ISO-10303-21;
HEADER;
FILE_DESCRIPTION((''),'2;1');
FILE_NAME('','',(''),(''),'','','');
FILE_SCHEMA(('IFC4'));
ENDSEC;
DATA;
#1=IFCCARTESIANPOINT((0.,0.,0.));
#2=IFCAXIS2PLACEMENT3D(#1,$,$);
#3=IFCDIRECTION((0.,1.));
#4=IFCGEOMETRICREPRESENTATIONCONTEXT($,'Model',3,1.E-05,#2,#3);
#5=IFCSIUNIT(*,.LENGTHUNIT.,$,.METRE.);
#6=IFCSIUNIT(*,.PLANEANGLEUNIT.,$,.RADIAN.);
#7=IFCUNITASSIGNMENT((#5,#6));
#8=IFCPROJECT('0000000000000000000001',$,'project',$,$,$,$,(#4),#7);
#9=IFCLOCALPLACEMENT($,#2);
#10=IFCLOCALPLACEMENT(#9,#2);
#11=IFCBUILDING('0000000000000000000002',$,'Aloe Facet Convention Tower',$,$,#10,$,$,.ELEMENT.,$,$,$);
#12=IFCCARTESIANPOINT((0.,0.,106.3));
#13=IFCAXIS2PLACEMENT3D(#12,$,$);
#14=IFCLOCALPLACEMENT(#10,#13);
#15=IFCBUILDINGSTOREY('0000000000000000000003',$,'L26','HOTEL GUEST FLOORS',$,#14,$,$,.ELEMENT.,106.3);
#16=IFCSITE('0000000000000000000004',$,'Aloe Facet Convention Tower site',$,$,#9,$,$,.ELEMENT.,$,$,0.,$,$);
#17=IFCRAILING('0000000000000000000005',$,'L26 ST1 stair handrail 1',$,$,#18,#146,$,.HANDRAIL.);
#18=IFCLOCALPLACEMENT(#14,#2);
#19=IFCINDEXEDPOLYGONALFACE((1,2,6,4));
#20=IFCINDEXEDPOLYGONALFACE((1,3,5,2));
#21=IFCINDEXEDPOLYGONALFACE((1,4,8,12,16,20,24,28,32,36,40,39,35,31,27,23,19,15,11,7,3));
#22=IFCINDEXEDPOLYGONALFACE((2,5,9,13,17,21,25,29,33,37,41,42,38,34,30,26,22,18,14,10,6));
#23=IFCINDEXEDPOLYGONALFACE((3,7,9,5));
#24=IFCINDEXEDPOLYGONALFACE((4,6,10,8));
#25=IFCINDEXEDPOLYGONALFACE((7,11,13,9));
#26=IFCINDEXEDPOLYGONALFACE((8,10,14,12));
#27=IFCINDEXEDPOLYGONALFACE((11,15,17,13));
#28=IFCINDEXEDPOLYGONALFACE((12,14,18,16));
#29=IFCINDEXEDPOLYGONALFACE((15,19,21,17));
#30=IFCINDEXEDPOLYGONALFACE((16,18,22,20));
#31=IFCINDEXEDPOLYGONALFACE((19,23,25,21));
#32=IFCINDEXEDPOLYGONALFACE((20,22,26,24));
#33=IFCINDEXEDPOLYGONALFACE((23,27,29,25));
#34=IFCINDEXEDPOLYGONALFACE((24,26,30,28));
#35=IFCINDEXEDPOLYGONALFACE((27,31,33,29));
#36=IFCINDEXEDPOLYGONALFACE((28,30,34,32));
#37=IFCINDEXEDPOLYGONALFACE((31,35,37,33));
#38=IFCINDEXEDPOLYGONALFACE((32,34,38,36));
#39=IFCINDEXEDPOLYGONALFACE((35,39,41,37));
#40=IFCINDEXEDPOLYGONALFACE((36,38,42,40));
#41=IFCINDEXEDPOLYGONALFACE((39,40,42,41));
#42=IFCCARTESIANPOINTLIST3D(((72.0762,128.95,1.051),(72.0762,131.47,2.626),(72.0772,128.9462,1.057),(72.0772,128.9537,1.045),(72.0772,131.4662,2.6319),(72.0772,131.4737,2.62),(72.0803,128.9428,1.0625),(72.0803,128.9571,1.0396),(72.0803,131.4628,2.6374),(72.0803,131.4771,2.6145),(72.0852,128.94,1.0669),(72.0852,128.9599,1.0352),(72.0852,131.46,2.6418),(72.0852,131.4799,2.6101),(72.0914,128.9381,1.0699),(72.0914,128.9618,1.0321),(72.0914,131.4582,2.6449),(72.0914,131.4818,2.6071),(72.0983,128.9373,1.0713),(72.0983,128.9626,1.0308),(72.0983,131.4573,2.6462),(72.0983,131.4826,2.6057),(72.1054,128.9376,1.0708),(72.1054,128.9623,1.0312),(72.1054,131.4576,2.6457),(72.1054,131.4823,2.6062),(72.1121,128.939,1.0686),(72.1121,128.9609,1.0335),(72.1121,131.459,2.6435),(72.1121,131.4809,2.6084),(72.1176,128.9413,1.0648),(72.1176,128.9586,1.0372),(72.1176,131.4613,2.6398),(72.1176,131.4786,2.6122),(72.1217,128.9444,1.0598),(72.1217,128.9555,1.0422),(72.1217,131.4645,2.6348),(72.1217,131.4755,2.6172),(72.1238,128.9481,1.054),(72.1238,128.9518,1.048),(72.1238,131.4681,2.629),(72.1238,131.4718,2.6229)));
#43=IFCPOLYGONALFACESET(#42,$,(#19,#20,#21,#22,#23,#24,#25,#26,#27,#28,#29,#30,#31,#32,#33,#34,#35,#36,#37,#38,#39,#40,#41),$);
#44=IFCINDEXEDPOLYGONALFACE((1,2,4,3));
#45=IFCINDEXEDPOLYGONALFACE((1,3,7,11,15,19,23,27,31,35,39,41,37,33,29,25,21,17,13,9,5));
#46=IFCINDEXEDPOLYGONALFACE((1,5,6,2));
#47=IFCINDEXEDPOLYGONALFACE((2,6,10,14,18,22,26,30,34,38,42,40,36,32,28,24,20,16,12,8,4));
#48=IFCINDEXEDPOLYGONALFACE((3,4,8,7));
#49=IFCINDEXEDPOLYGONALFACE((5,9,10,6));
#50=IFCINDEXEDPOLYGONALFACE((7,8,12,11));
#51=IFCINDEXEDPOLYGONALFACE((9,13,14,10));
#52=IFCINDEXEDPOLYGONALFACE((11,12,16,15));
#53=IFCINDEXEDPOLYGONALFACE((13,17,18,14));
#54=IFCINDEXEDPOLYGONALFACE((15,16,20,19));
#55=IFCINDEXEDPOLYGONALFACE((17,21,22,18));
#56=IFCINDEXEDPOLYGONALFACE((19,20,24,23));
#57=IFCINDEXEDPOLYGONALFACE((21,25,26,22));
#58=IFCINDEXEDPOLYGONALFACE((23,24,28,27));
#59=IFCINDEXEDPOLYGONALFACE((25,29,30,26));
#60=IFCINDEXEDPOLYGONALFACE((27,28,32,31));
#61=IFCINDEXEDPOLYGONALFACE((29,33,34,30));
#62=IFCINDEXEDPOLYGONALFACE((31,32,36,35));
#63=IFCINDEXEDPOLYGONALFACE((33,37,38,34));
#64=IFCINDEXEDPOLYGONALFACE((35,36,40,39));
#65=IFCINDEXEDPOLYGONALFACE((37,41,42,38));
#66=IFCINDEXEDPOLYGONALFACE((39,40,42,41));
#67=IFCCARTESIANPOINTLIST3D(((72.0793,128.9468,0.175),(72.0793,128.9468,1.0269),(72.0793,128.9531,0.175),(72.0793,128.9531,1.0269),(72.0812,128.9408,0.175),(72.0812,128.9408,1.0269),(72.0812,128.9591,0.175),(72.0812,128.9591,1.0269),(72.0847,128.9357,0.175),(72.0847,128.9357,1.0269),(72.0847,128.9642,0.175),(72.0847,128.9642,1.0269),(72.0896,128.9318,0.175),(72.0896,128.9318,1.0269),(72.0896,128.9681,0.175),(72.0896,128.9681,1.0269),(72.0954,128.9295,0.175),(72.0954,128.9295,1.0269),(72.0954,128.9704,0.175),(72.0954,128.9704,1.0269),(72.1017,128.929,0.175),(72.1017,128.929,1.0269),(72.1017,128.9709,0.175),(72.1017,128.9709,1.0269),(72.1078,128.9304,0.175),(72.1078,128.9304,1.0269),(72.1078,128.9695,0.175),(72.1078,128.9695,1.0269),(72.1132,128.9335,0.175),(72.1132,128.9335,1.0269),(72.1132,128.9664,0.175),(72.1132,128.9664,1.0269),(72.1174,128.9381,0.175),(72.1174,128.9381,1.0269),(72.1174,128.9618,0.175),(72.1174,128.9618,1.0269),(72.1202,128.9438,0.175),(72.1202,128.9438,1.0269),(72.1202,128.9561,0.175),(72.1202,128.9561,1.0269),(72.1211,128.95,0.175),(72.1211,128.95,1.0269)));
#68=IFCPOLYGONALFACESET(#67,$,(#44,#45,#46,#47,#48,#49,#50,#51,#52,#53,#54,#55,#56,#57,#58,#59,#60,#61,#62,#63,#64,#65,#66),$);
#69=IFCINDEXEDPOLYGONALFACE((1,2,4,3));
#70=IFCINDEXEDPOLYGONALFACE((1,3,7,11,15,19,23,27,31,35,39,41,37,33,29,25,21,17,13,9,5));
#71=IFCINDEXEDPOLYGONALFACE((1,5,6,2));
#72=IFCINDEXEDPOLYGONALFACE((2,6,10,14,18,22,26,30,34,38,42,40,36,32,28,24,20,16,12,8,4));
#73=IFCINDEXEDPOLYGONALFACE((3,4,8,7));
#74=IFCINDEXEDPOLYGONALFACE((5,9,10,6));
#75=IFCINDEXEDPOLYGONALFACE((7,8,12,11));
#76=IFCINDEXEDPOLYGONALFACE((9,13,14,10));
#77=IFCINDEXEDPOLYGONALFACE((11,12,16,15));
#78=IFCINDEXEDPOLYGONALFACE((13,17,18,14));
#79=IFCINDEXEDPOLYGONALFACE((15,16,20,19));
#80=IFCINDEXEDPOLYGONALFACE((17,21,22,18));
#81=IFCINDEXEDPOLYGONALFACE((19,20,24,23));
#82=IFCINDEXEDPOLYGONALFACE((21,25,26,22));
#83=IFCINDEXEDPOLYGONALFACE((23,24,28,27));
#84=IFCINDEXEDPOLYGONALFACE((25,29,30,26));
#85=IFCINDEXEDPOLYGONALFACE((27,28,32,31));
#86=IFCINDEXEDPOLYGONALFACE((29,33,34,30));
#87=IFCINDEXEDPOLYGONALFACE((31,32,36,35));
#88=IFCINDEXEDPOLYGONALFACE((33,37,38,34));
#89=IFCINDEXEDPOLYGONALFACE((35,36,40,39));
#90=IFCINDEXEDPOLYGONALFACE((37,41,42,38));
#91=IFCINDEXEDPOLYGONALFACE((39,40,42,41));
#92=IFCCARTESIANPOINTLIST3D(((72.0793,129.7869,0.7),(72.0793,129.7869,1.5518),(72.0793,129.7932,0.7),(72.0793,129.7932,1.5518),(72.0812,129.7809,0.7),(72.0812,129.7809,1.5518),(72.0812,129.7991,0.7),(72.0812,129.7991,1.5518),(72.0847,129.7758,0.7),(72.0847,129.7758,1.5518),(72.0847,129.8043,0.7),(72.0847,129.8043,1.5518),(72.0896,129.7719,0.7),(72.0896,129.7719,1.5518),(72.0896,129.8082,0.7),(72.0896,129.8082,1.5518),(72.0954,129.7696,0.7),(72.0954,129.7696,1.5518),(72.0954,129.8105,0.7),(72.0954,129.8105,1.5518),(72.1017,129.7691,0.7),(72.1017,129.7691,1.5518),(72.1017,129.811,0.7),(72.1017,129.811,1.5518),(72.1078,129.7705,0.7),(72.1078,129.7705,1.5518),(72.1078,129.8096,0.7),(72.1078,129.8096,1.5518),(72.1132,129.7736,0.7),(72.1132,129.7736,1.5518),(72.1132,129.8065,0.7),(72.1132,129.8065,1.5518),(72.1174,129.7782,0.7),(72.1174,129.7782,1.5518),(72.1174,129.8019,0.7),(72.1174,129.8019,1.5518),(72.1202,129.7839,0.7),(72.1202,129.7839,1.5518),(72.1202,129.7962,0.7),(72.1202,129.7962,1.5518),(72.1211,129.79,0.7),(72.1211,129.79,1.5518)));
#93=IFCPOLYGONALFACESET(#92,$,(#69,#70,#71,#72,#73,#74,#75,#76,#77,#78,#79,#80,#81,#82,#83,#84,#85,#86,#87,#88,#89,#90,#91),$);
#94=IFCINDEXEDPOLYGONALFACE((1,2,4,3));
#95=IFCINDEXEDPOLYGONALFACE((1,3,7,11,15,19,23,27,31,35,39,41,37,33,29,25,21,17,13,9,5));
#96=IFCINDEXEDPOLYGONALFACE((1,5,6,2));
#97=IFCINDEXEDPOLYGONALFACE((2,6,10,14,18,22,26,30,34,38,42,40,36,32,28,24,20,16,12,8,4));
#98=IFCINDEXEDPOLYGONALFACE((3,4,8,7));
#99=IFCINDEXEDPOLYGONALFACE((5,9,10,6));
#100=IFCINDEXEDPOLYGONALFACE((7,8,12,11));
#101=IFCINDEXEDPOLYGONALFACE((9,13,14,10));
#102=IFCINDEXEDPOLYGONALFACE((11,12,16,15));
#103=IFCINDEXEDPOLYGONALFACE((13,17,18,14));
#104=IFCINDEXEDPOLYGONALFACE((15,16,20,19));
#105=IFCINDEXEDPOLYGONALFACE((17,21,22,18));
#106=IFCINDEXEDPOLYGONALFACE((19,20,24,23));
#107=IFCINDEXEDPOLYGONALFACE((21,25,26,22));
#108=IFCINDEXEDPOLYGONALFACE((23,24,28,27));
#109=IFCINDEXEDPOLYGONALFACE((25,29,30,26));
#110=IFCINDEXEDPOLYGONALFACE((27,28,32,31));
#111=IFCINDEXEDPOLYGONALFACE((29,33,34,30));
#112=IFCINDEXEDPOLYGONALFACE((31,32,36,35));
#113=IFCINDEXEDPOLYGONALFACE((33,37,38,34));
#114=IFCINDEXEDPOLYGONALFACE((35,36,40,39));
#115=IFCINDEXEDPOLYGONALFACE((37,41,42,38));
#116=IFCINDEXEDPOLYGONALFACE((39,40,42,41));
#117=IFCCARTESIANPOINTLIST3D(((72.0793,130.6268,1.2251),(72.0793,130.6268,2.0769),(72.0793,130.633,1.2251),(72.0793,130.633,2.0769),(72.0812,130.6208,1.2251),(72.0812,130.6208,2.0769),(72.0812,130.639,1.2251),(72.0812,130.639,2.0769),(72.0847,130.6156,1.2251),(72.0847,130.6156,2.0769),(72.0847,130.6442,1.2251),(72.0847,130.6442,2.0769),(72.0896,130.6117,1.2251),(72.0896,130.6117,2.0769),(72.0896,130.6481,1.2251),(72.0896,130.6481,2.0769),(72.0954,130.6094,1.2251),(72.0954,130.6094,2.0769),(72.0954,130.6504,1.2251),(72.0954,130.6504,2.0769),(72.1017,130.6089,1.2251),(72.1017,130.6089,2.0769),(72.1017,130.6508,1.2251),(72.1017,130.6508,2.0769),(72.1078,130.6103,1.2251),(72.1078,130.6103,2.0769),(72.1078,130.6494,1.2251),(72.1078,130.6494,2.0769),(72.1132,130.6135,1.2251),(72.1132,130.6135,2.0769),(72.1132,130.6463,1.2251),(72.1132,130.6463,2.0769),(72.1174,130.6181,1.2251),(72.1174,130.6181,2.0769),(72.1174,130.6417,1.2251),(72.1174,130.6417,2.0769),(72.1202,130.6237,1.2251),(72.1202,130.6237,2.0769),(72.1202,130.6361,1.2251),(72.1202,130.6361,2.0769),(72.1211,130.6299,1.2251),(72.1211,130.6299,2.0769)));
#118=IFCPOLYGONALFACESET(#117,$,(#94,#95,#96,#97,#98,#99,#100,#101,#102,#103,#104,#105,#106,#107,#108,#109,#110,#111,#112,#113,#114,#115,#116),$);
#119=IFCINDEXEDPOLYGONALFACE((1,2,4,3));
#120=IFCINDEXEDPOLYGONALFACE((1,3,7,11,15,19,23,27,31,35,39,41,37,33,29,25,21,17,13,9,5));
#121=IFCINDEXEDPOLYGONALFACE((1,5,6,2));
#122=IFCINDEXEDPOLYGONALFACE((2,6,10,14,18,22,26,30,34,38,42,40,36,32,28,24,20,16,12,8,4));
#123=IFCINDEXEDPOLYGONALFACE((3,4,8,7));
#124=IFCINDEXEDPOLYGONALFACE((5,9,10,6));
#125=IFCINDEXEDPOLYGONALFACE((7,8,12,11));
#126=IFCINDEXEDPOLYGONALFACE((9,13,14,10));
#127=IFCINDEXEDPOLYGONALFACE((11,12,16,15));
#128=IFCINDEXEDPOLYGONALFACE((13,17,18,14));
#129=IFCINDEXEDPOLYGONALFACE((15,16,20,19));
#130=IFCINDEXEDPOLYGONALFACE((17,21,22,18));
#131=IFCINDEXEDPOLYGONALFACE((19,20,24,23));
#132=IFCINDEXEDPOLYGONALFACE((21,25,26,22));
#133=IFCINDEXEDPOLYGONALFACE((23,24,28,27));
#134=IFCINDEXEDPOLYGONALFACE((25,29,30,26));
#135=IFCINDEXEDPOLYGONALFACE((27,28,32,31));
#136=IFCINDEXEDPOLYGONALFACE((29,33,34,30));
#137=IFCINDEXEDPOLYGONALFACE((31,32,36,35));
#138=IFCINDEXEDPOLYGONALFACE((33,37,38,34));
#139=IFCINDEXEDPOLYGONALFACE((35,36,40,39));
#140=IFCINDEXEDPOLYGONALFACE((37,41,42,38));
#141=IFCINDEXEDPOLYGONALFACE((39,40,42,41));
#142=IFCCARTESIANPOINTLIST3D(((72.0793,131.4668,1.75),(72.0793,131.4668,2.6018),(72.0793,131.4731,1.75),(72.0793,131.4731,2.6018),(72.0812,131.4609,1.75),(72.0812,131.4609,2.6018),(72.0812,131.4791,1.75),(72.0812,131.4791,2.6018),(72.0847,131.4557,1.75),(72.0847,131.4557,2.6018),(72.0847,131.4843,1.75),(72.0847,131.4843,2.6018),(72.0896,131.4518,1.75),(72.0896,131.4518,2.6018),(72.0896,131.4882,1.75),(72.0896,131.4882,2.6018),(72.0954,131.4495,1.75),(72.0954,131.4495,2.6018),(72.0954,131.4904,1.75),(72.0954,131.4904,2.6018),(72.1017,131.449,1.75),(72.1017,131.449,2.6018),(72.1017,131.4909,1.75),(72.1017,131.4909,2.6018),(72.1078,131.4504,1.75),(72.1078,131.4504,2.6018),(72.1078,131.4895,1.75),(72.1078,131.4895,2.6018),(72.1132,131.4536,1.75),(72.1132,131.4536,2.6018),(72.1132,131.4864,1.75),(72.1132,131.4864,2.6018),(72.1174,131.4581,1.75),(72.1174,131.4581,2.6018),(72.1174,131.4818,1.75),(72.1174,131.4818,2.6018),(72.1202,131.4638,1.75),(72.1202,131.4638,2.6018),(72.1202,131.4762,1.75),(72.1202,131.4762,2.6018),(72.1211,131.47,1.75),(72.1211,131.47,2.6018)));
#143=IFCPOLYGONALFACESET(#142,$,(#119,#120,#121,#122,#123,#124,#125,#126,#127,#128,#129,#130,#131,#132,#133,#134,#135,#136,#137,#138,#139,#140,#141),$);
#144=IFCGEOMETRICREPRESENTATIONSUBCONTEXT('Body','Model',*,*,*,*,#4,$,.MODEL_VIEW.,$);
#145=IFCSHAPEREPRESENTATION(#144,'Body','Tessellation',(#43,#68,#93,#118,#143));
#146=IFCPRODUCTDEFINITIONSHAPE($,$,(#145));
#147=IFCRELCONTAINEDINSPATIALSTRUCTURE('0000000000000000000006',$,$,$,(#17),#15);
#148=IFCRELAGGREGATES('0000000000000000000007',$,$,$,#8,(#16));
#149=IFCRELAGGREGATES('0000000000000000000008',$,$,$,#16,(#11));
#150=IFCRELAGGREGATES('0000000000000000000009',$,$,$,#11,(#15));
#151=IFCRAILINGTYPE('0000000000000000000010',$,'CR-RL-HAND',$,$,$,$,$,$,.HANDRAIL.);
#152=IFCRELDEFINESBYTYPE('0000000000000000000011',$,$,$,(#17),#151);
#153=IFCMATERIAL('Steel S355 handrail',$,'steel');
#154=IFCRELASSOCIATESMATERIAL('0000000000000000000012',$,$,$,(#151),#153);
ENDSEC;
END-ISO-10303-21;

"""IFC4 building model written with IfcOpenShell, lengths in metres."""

from ifc_helpers import new_model, si_unit, direction, frame, origin, origin_2d, place, context, subcontext, project, spatial, circle, extrude, material, type_object, element, save


model = new_model("IFC4")

# Units and contexts
model_context = context("Model", 3, precision=1e-05, world=origin(), true_north=direction((0.0, 1.0)))
body_context = subcontext(model_context, "Body", "Model", "MODEL_VIEW")
ifc_project = project(units=[si_unit("LENGTHUNIT", "METRE"), si_unit("PLANEANGLEUNIT", "RADIAN")], contexts=[model_context])

# Site, building, storey
site_placement = place(None, origin())
site = spatial("IfcSite", under=ifc_project, at=site_placement, Name="Aloe Facet Convention Tower site", CompositionType="ELEMENT", RefElevation=0.0)
building_placement = place(site_placement, origin())
building = spatial("IfcBuilding", under=site, at=building_placement, Name="Aloe Facet Convention Tower", CompositionType="ELEMENT")
storey_placement = place(building_placement, frame((0.0, 0.0, 106.3)))
storey = spatial("IfcBuildingStorey", under=building, at=storey_placement, Name="L26", Description="HOTEL GUEST FLOORS", CompositionType="ELEMENT", Elevation=106.3)

# Railing
ifc_material_1 = material(Name="Steel S355 handrail", Category="steel")
railing_type_1 = type_object("IfcRailingType", Name="CR-RL-HAND", PredefinedType="HANDRAIL", material=ifc_material_1)
railing_1_placement = place(storey_placement, frame((72.1001, 128.95, 0.175)))
element("IfcRailing", 1, at=railing_1_placement, inside=storey, type_object=railing_type_1, Name="L26 ST1 stair handrail 1", PredefinedType="HANDRAIL", context=body_context, shape_type="SweptSolid", body=[
    extrude(circle(Radius=0.0239, at=origin_2d()), frame((0.0, 0.0, 0.876), z_axis=(0.0, 0.848008, 0.529984), x_axis=(-1.0, 0.0, 0.0)), (0.0, 0.0, 1.0), 2.9717),
    extrude(circle(Radius=0.021, at=origin_2d()), origin(), (0.0, 0.0, 1.0), 0.8518),
    extrude(circle(Radius=0.021, at=origin_2d()), frame((0.0, 0.8401, 0.5249)), (0.0, 0.0, 1.0), 0.8518),
    extrude(circle(Radius=0.021, at=origin_2d()), frame((0.0, 1.6799, 1.05)), (0.0, 0.0, 1.0), 0.8518),
    extrude(circle(Radius=0.021, at=origin_2d()), frame((0.0, 2.52, 1.575)), (0.0, 0.0, 1.0), 0.8518),
])

save(model, "model.ifc")
